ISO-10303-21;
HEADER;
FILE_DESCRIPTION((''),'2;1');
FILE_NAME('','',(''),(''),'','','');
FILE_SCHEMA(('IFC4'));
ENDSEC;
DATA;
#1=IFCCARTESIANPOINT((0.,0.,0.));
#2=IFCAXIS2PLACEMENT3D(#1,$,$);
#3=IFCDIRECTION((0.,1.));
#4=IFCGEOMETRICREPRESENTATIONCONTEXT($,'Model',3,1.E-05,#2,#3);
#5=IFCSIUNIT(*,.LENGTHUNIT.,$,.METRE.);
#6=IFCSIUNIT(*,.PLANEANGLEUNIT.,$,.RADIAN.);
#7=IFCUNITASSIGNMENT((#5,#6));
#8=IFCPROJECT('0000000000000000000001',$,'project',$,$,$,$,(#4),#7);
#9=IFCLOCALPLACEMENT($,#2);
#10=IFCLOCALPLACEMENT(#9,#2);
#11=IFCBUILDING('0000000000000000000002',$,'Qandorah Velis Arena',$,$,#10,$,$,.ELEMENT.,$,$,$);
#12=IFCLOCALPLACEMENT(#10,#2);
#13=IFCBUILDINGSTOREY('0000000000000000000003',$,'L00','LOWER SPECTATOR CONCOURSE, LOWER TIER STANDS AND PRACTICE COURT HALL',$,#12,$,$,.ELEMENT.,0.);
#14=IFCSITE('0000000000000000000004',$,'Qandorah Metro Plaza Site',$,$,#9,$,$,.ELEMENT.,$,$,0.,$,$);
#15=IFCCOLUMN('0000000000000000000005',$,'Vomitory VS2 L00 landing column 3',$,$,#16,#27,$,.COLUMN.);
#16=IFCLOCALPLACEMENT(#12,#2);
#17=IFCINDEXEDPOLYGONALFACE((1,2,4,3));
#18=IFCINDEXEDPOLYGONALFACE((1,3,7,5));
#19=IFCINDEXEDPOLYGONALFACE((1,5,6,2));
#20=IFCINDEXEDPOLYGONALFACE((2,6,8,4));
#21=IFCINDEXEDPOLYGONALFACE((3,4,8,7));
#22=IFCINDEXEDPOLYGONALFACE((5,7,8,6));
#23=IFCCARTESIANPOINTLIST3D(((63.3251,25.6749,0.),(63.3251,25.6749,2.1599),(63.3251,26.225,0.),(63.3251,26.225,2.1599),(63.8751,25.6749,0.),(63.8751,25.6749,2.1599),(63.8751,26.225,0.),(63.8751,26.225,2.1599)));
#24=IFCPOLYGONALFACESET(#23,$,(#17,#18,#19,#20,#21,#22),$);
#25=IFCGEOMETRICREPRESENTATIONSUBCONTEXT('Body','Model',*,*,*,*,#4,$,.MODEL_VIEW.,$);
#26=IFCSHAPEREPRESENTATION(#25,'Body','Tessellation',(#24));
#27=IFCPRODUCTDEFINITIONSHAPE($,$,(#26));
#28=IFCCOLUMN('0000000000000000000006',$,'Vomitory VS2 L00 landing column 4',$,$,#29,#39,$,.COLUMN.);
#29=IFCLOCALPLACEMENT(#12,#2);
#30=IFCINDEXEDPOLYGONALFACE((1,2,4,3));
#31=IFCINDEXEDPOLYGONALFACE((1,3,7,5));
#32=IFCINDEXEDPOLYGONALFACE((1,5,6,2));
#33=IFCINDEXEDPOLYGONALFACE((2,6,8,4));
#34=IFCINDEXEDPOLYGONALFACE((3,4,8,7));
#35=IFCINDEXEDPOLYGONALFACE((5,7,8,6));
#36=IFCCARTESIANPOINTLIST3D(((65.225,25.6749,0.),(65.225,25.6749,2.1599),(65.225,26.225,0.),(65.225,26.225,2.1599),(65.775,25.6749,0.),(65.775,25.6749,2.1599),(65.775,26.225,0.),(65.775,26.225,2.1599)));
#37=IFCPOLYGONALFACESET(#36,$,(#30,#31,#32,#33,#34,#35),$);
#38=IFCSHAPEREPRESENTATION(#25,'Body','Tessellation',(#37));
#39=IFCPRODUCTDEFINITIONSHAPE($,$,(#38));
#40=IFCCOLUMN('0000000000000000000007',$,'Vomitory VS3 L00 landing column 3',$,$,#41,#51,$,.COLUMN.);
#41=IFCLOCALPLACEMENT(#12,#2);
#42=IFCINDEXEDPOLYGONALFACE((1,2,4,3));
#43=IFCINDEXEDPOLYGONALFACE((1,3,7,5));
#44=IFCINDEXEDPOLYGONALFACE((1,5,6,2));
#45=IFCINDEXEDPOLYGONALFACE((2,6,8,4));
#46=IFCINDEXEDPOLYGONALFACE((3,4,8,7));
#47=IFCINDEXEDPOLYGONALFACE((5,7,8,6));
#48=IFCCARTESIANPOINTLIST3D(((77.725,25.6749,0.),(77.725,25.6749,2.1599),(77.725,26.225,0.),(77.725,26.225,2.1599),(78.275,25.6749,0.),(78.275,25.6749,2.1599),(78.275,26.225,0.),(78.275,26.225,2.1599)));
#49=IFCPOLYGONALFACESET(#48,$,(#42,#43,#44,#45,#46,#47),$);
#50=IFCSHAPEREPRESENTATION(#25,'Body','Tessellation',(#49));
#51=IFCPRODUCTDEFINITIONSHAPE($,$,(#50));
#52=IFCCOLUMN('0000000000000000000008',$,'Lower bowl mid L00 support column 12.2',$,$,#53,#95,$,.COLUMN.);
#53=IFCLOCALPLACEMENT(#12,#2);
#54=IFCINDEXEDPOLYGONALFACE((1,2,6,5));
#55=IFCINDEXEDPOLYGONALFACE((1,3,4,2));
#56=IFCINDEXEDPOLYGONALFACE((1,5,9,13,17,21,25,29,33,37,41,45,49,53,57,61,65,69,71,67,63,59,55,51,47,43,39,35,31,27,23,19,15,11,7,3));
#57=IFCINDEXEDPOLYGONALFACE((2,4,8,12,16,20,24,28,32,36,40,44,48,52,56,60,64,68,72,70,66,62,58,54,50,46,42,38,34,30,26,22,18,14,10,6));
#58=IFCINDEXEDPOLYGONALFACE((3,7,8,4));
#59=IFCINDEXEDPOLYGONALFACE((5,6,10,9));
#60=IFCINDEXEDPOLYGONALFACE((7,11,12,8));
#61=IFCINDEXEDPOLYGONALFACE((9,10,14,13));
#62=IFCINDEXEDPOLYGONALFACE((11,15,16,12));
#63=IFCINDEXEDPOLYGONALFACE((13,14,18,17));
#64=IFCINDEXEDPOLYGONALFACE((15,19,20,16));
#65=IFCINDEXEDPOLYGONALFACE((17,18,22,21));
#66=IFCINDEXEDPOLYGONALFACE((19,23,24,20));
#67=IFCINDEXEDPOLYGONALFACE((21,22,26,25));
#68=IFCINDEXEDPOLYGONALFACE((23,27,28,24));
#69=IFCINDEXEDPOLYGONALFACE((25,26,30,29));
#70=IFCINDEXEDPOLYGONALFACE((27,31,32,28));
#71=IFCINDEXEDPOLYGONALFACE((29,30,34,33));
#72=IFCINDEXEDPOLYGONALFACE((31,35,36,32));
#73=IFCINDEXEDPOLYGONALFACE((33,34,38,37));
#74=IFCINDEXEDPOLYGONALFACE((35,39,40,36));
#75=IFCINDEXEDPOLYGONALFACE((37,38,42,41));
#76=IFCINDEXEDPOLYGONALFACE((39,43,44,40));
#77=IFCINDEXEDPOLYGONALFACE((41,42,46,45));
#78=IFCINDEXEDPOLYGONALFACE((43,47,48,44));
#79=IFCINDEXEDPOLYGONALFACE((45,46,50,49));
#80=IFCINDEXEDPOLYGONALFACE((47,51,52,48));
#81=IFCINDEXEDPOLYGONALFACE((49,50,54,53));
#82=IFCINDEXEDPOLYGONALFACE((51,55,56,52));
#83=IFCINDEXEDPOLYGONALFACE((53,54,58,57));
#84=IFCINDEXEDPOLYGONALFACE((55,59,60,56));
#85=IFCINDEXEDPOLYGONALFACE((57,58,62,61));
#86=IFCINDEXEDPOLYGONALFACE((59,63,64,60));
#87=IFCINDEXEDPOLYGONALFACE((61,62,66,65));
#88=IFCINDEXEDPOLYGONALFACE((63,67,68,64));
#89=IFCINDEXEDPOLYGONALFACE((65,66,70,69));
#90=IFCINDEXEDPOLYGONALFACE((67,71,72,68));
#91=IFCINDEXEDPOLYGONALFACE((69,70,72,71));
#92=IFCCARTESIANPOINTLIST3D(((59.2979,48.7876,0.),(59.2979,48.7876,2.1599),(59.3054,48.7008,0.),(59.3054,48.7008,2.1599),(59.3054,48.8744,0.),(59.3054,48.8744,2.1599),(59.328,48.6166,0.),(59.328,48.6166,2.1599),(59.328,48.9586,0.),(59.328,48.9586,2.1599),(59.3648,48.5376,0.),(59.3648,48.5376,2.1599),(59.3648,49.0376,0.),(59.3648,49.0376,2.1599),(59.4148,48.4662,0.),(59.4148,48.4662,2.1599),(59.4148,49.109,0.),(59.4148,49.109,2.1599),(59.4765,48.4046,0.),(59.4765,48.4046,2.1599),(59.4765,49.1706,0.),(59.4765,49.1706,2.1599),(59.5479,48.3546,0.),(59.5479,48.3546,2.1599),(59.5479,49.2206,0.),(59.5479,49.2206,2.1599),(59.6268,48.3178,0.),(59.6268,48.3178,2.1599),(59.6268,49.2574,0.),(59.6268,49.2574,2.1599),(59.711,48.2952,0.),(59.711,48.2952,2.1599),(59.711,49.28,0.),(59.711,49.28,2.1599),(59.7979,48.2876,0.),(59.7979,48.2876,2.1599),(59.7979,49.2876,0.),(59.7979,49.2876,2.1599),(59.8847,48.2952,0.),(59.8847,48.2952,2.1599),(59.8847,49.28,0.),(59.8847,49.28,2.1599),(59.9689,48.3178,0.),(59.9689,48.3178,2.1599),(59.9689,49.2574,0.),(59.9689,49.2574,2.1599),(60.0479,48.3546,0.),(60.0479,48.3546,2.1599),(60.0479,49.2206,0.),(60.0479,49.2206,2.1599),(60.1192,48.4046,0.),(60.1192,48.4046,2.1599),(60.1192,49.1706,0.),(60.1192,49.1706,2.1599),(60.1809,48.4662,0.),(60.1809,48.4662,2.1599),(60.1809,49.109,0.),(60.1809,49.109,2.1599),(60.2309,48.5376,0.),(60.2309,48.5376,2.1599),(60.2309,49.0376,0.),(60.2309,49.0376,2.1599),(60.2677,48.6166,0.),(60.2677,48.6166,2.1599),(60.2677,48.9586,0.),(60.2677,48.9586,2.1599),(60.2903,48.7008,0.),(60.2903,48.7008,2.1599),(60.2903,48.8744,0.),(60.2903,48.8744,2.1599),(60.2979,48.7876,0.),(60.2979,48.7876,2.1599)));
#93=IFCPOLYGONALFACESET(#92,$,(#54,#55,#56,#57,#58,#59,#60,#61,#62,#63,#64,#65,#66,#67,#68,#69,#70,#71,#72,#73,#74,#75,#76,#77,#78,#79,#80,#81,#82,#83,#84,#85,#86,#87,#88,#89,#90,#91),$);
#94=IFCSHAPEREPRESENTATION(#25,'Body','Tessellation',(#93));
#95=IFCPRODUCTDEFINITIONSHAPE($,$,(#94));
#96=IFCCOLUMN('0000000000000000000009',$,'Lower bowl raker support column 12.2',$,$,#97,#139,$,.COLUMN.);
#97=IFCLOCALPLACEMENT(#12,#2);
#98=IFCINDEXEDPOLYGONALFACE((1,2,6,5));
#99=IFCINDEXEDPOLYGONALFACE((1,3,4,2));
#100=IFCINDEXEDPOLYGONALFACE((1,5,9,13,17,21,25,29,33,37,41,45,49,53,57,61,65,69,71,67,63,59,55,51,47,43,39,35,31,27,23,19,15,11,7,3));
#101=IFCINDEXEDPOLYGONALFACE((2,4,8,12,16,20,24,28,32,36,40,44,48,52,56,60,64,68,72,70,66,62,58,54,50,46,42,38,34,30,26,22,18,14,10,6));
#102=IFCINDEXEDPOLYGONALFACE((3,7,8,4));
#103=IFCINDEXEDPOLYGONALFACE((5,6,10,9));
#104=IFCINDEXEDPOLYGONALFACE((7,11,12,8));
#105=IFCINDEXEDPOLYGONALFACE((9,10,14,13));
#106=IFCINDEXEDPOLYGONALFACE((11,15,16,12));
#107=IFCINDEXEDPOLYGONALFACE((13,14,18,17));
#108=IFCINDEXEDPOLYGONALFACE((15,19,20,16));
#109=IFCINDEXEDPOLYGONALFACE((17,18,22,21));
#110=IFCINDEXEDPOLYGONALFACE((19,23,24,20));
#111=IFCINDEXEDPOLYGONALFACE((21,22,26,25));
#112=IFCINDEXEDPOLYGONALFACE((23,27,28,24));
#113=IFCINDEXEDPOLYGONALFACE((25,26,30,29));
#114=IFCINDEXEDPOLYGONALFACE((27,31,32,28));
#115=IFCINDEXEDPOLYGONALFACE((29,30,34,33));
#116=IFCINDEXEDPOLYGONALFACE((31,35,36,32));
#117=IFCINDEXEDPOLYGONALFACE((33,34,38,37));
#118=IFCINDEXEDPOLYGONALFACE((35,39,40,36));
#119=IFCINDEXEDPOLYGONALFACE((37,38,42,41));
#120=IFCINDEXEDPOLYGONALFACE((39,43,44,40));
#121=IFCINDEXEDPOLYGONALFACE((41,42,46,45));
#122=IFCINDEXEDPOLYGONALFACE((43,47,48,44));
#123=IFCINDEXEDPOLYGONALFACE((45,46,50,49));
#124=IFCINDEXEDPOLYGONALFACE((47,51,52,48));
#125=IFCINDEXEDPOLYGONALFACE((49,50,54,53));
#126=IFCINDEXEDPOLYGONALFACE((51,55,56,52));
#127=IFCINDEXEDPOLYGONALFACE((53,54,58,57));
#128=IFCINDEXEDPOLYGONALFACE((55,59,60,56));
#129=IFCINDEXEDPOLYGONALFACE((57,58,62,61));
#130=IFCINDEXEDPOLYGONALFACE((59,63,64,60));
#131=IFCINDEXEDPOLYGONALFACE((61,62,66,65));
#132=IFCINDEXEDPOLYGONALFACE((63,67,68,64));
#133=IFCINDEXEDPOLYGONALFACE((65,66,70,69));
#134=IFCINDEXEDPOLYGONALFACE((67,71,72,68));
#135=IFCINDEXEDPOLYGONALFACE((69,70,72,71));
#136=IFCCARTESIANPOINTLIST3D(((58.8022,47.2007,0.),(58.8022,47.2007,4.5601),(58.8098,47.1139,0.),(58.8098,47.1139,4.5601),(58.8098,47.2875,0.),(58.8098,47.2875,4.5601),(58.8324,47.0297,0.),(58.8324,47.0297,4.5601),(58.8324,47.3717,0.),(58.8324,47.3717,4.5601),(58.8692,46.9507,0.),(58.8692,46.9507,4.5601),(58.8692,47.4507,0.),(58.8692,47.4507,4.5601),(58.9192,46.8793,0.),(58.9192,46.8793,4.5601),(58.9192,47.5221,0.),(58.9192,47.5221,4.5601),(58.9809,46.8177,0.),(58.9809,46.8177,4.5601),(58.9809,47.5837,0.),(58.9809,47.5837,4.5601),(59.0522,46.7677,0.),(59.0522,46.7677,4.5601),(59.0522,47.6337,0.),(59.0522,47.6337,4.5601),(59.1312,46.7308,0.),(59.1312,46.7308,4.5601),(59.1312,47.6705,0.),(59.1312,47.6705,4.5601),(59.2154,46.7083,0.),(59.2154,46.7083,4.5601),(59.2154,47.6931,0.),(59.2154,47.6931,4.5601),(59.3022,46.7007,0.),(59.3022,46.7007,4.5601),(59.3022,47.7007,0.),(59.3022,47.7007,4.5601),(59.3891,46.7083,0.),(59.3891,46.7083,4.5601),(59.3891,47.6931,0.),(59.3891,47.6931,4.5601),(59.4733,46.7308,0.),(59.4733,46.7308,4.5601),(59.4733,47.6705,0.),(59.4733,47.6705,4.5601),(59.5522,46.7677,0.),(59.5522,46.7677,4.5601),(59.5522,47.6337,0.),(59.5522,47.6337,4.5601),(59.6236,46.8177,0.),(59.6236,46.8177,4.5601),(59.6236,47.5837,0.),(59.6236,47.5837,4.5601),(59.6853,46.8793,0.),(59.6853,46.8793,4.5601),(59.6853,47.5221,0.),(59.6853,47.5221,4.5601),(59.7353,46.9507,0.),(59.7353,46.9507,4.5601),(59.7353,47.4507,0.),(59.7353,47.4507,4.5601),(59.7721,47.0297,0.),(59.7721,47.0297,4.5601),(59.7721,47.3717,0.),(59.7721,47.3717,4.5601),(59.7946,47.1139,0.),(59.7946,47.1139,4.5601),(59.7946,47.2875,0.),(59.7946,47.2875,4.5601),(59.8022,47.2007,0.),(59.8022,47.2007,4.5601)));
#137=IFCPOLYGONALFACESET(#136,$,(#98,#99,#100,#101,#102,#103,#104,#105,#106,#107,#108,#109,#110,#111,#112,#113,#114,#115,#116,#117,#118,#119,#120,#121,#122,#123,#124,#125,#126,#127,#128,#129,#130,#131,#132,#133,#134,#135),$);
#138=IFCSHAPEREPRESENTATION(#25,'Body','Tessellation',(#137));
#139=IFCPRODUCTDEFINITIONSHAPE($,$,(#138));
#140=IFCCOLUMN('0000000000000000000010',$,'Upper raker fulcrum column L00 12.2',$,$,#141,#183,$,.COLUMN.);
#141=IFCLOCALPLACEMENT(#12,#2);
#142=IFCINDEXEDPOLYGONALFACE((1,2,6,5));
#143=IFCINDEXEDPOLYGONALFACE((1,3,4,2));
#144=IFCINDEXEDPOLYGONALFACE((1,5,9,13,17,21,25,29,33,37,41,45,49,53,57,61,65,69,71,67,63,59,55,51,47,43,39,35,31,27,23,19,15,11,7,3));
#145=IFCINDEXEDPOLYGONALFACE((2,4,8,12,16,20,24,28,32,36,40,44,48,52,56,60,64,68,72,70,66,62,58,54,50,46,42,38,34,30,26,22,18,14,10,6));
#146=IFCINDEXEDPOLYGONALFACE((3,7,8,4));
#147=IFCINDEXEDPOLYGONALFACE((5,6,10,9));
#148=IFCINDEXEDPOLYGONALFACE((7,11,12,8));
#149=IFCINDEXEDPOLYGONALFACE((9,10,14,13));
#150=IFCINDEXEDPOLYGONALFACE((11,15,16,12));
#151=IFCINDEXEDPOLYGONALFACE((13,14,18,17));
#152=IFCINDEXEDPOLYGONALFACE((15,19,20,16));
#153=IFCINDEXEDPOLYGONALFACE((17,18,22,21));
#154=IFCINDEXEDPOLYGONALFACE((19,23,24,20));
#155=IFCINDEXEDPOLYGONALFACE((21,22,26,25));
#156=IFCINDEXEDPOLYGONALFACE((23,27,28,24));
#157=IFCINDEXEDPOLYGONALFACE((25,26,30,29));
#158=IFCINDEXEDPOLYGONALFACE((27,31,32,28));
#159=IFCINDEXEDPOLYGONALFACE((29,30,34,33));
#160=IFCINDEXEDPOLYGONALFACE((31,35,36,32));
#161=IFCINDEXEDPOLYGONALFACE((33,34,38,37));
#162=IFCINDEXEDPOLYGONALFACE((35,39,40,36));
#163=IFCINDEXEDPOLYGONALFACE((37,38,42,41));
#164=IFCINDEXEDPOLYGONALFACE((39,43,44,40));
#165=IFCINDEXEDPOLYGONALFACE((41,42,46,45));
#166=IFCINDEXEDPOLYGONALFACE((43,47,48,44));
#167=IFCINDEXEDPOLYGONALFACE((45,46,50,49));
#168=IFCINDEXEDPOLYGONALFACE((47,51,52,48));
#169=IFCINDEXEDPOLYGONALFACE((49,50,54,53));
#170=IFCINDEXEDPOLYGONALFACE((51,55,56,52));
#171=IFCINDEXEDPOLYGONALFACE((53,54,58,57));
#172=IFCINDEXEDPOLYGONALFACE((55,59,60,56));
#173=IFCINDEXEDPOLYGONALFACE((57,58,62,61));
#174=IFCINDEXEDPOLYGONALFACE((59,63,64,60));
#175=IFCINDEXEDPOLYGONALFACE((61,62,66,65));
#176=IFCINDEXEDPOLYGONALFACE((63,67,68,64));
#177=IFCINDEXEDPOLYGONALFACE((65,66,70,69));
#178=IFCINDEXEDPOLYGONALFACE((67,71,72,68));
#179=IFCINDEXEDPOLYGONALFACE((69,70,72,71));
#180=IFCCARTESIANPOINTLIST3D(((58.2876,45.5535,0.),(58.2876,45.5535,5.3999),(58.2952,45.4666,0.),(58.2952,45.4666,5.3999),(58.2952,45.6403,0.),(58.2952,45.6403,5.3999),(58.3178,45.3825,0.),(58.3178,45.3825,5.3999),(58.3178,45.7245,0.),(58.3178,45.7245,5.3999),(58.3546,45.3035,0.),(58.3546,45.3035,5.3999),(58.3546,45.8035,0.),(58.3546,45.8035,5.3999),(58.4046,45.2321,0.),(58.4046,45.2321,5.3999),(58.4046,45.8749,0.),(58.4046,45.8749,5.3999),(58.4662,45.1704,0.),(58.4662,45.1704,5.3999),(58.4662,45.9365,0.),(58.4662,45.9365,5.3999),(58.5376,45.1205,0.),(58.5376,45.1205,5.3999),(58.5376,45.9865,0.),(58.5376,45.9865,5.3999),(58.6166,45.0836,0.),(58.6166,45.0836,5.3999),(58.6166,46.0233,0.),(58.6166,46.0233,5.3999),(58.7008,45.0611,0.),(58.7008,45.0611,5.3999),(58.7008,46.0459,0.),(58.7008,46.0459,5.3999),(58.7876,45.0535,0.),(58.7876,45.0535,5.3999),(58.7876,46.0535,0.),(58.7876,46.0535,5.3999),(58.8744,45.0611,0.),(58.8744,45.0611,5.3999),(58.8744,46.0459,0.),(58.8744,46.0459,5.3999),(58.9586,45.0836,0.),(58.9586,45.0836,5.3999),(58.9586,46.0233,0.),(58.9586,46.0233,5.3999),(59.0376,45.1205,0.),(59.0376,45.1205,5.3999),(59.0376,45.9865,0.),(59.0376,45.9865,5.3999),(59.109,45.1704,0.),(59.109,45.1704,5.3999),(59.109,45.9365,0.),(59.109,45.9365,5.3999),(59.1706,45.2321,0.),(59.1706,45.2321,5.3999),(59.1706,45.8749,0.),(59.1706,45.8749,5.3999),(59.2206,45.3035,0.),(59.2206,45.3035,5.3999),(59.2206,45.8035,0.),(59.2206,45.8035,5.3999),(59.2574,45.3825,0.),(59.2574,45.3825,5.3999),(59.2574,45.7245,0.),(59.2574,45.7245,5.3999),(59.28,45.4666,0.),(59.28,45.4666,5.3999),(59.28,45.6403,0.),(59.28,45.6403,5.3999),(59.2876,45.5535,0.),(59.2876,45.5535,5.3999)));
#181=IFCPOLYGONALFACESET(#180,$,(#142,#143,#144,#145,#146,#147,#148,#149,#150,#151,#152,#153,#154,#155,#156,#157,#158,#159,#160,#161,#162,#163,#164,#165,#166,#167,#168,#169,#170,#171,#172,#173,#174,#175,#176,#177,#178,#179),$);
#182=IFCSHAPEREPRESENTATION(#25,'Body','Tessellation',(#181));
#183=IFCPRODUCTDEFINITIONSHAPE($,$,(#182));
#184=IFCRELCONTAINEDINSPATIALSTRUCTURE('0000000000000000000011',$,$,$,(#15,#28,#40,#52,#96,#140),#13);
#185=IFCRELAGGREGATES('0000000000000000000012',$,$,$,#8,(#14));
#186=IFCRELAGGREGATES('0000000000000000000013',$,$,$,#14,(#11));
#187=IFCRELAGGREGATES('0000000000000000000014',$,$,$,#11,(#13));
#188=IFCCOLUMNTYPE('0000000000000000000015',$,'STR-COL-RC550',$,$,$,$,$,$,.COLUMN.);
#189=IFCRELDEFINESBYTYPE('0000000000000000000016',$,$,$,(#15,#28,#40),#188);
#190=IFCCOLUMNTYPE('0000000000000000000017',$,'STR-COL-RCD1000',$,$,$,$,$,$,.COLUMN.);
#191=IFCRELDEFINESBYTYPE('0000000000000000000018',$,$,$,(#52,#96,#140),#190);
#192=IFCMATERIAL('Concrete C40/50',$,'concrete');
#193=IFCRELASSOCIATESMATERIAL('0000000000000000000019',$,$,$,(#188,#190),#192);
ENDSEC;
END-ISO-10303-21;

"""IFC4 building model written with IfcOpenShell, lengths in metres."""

from ifc_helpers import new_model, si_unit, direction, frame, origin, origin_2d, place, context, subcontext, project, spatial, rectangle, circle, extrude, material, material_profile, profile_set, type_object, element, save


model = new_model("IFC4")

# Units and contexts
model_context = context("Model", 3, precision=1e-05, world=origin(), true_north=direction((0.0, 1.0)))
body_context = subcontext(model_context, "Body", "Model", "MODEL_VIEW")
ifc_project = project(units=[si_unit("LENGTHUNIT", "METRE"), si_unit("PLANEANGLEUNIT", "RADIAN")], contexts=[model_context])

# Site, building, storey
site_placement = place(None, origin())
site = spatial("IfcSite", under=ifc_project, at=site_placement, Name="Qandorah Metro Plaza Site", CompositionType="ELEMENT", RefElevation=0.0)
building_placement = place(site_placement, origin())
building = spatial("IfcBuilding", under=site, at=building_placement, Name="Qandorah Velis Arena", CompositionType="ELEMENT")
storey_placement = place(building_placement, origin())
storey = spatial("IfcBuildingStorey", under=building, at=storey_placement, Name="L00", Description="LOWER SPECTATOR CONCOURSE, LOWER TIER STANDS AND PRACTICE COURT HALL", CompositionType="ELEMENT", Elevation=0.0)

# Columns
ifc_material_1 = material(Name="Concrete C40/50", Category="concrete")
ifc_material_profile_1 = material_profile(ifc_material_1, rectangle(XDim=0.55, YDim=0.55, at=origin_2d()), Name="RC COL 550x550")
ifc_profile_set_1 = profile_set([ifc_material_profile_1], Name="Concrete C40/50")
column_type_1 = type_object("IfcColumnType", Name="STR-COL-RC550", PredefinedType="COLUMN", material=ifc_profile_set_1)
for number, where, z_axis, x_axis, name in (
    (1, (63.6001, 25.95, 0.0), (0.0, 0.0, 1.0), (1.0, 0.0, 0.0), "Vomitory VS2 L00 landing column 3"),
    (2, (65.5, 25.95, 0.0), (0.0, 0.0, 1.0), (1.0, 0.0, 0.0), "Vomitory VS2 L00 landing column 4"),
    (3, (78.0, 25.95, 0.0), (0.0, 0.0, 1.0), (1.0, 0.0, 0.0), "Vomitory VS3 L00 landing column 3"),
):
    element("IfcColumn", number, at=place(storey_placement, frame(where, z_axis=z_axis, x_axis=x_axis)), inside=storey, type_object=column_type_1, Name=name, PredefinedType="COLUMN", context=body_context, shape_type="SweptSolid", body=[
        extrude(rectangle(XDim=0.55, YDim=0.55, at=origin_2d()), origin(), (0.0, 0.0, 1.0), 2.1599),
    ])
ifc_material_profile_2 = material_profile(ifc_material_1, circle(Radius=0.5, at=origin_2d()), Name="RC D1000")
ifc_profile_set_2 = profile_set([ifc_material_profile_2], Name="Concrete C40/50")
column_type_2 = type_object("IfcColumnType", Name="STR-COL-RCD1000", PredefinedType="COLUMN", material=ifc_profile_set_2)
column_1_placement = place(storey_placement, frame((59.7979, 48.7876, 0.0), z_axis=(0.0, 0.0, 1.0), x_axis=(1.0, 0.0, 0.0)))
element("IfcColumn", 4, at=column_1_placement, inside=storey, type_object=column_type_2, Name="Lower bowl mid L00 support column 12.2", PredefinedType="COLUMN", context=body_context, shape_type="SweptSolid", body=[
    extrude(circle(Radius=0.5, at=origin_2d()), origin(), (0.0, 0.0, 1.0), 2.1599),
])
column_2_placement = place(storey_placement, frame((59.3022, 47.2007, 0.0), z_axis=(0.0, 0.0, 1.0), x_axis=(1.0, 0.0, 0.0)))
element("IfcColumn", 5, at=column_2_placement, inside=storey, type_object=column_type_2, Name="Lower bowl raker support column 12.2", PredefinedType="COLUMN", context=body_context, shape_type="SweptSolid", body=[
    extrude(circle(Radius=0.5, at=origin_2d()), origin(), (0.0, 0.0, 1.0), 4.5601),
])
column_3_placement = place(storey_placement, frame((58.7876, 45.5535, 0.0), z_axis=(0.0, 0.0, 1.0), x_axis=(1.0, 0.0, 0.0)))
element("IfcColumn", 6, at=column_3_placement, inside=storey, type_object=column_type_2, Name="Upper raker fulcrum column L00 12.2", PredefinedType="COLUMN", context=body_context, shape_type="SweptSolid", body=[
    extrude(circle(Radius=0.5, at=origin_2d()), origin(), (0.0, 0.0, 1.0), 5.3999),
])

save(model, "model.ifc")
